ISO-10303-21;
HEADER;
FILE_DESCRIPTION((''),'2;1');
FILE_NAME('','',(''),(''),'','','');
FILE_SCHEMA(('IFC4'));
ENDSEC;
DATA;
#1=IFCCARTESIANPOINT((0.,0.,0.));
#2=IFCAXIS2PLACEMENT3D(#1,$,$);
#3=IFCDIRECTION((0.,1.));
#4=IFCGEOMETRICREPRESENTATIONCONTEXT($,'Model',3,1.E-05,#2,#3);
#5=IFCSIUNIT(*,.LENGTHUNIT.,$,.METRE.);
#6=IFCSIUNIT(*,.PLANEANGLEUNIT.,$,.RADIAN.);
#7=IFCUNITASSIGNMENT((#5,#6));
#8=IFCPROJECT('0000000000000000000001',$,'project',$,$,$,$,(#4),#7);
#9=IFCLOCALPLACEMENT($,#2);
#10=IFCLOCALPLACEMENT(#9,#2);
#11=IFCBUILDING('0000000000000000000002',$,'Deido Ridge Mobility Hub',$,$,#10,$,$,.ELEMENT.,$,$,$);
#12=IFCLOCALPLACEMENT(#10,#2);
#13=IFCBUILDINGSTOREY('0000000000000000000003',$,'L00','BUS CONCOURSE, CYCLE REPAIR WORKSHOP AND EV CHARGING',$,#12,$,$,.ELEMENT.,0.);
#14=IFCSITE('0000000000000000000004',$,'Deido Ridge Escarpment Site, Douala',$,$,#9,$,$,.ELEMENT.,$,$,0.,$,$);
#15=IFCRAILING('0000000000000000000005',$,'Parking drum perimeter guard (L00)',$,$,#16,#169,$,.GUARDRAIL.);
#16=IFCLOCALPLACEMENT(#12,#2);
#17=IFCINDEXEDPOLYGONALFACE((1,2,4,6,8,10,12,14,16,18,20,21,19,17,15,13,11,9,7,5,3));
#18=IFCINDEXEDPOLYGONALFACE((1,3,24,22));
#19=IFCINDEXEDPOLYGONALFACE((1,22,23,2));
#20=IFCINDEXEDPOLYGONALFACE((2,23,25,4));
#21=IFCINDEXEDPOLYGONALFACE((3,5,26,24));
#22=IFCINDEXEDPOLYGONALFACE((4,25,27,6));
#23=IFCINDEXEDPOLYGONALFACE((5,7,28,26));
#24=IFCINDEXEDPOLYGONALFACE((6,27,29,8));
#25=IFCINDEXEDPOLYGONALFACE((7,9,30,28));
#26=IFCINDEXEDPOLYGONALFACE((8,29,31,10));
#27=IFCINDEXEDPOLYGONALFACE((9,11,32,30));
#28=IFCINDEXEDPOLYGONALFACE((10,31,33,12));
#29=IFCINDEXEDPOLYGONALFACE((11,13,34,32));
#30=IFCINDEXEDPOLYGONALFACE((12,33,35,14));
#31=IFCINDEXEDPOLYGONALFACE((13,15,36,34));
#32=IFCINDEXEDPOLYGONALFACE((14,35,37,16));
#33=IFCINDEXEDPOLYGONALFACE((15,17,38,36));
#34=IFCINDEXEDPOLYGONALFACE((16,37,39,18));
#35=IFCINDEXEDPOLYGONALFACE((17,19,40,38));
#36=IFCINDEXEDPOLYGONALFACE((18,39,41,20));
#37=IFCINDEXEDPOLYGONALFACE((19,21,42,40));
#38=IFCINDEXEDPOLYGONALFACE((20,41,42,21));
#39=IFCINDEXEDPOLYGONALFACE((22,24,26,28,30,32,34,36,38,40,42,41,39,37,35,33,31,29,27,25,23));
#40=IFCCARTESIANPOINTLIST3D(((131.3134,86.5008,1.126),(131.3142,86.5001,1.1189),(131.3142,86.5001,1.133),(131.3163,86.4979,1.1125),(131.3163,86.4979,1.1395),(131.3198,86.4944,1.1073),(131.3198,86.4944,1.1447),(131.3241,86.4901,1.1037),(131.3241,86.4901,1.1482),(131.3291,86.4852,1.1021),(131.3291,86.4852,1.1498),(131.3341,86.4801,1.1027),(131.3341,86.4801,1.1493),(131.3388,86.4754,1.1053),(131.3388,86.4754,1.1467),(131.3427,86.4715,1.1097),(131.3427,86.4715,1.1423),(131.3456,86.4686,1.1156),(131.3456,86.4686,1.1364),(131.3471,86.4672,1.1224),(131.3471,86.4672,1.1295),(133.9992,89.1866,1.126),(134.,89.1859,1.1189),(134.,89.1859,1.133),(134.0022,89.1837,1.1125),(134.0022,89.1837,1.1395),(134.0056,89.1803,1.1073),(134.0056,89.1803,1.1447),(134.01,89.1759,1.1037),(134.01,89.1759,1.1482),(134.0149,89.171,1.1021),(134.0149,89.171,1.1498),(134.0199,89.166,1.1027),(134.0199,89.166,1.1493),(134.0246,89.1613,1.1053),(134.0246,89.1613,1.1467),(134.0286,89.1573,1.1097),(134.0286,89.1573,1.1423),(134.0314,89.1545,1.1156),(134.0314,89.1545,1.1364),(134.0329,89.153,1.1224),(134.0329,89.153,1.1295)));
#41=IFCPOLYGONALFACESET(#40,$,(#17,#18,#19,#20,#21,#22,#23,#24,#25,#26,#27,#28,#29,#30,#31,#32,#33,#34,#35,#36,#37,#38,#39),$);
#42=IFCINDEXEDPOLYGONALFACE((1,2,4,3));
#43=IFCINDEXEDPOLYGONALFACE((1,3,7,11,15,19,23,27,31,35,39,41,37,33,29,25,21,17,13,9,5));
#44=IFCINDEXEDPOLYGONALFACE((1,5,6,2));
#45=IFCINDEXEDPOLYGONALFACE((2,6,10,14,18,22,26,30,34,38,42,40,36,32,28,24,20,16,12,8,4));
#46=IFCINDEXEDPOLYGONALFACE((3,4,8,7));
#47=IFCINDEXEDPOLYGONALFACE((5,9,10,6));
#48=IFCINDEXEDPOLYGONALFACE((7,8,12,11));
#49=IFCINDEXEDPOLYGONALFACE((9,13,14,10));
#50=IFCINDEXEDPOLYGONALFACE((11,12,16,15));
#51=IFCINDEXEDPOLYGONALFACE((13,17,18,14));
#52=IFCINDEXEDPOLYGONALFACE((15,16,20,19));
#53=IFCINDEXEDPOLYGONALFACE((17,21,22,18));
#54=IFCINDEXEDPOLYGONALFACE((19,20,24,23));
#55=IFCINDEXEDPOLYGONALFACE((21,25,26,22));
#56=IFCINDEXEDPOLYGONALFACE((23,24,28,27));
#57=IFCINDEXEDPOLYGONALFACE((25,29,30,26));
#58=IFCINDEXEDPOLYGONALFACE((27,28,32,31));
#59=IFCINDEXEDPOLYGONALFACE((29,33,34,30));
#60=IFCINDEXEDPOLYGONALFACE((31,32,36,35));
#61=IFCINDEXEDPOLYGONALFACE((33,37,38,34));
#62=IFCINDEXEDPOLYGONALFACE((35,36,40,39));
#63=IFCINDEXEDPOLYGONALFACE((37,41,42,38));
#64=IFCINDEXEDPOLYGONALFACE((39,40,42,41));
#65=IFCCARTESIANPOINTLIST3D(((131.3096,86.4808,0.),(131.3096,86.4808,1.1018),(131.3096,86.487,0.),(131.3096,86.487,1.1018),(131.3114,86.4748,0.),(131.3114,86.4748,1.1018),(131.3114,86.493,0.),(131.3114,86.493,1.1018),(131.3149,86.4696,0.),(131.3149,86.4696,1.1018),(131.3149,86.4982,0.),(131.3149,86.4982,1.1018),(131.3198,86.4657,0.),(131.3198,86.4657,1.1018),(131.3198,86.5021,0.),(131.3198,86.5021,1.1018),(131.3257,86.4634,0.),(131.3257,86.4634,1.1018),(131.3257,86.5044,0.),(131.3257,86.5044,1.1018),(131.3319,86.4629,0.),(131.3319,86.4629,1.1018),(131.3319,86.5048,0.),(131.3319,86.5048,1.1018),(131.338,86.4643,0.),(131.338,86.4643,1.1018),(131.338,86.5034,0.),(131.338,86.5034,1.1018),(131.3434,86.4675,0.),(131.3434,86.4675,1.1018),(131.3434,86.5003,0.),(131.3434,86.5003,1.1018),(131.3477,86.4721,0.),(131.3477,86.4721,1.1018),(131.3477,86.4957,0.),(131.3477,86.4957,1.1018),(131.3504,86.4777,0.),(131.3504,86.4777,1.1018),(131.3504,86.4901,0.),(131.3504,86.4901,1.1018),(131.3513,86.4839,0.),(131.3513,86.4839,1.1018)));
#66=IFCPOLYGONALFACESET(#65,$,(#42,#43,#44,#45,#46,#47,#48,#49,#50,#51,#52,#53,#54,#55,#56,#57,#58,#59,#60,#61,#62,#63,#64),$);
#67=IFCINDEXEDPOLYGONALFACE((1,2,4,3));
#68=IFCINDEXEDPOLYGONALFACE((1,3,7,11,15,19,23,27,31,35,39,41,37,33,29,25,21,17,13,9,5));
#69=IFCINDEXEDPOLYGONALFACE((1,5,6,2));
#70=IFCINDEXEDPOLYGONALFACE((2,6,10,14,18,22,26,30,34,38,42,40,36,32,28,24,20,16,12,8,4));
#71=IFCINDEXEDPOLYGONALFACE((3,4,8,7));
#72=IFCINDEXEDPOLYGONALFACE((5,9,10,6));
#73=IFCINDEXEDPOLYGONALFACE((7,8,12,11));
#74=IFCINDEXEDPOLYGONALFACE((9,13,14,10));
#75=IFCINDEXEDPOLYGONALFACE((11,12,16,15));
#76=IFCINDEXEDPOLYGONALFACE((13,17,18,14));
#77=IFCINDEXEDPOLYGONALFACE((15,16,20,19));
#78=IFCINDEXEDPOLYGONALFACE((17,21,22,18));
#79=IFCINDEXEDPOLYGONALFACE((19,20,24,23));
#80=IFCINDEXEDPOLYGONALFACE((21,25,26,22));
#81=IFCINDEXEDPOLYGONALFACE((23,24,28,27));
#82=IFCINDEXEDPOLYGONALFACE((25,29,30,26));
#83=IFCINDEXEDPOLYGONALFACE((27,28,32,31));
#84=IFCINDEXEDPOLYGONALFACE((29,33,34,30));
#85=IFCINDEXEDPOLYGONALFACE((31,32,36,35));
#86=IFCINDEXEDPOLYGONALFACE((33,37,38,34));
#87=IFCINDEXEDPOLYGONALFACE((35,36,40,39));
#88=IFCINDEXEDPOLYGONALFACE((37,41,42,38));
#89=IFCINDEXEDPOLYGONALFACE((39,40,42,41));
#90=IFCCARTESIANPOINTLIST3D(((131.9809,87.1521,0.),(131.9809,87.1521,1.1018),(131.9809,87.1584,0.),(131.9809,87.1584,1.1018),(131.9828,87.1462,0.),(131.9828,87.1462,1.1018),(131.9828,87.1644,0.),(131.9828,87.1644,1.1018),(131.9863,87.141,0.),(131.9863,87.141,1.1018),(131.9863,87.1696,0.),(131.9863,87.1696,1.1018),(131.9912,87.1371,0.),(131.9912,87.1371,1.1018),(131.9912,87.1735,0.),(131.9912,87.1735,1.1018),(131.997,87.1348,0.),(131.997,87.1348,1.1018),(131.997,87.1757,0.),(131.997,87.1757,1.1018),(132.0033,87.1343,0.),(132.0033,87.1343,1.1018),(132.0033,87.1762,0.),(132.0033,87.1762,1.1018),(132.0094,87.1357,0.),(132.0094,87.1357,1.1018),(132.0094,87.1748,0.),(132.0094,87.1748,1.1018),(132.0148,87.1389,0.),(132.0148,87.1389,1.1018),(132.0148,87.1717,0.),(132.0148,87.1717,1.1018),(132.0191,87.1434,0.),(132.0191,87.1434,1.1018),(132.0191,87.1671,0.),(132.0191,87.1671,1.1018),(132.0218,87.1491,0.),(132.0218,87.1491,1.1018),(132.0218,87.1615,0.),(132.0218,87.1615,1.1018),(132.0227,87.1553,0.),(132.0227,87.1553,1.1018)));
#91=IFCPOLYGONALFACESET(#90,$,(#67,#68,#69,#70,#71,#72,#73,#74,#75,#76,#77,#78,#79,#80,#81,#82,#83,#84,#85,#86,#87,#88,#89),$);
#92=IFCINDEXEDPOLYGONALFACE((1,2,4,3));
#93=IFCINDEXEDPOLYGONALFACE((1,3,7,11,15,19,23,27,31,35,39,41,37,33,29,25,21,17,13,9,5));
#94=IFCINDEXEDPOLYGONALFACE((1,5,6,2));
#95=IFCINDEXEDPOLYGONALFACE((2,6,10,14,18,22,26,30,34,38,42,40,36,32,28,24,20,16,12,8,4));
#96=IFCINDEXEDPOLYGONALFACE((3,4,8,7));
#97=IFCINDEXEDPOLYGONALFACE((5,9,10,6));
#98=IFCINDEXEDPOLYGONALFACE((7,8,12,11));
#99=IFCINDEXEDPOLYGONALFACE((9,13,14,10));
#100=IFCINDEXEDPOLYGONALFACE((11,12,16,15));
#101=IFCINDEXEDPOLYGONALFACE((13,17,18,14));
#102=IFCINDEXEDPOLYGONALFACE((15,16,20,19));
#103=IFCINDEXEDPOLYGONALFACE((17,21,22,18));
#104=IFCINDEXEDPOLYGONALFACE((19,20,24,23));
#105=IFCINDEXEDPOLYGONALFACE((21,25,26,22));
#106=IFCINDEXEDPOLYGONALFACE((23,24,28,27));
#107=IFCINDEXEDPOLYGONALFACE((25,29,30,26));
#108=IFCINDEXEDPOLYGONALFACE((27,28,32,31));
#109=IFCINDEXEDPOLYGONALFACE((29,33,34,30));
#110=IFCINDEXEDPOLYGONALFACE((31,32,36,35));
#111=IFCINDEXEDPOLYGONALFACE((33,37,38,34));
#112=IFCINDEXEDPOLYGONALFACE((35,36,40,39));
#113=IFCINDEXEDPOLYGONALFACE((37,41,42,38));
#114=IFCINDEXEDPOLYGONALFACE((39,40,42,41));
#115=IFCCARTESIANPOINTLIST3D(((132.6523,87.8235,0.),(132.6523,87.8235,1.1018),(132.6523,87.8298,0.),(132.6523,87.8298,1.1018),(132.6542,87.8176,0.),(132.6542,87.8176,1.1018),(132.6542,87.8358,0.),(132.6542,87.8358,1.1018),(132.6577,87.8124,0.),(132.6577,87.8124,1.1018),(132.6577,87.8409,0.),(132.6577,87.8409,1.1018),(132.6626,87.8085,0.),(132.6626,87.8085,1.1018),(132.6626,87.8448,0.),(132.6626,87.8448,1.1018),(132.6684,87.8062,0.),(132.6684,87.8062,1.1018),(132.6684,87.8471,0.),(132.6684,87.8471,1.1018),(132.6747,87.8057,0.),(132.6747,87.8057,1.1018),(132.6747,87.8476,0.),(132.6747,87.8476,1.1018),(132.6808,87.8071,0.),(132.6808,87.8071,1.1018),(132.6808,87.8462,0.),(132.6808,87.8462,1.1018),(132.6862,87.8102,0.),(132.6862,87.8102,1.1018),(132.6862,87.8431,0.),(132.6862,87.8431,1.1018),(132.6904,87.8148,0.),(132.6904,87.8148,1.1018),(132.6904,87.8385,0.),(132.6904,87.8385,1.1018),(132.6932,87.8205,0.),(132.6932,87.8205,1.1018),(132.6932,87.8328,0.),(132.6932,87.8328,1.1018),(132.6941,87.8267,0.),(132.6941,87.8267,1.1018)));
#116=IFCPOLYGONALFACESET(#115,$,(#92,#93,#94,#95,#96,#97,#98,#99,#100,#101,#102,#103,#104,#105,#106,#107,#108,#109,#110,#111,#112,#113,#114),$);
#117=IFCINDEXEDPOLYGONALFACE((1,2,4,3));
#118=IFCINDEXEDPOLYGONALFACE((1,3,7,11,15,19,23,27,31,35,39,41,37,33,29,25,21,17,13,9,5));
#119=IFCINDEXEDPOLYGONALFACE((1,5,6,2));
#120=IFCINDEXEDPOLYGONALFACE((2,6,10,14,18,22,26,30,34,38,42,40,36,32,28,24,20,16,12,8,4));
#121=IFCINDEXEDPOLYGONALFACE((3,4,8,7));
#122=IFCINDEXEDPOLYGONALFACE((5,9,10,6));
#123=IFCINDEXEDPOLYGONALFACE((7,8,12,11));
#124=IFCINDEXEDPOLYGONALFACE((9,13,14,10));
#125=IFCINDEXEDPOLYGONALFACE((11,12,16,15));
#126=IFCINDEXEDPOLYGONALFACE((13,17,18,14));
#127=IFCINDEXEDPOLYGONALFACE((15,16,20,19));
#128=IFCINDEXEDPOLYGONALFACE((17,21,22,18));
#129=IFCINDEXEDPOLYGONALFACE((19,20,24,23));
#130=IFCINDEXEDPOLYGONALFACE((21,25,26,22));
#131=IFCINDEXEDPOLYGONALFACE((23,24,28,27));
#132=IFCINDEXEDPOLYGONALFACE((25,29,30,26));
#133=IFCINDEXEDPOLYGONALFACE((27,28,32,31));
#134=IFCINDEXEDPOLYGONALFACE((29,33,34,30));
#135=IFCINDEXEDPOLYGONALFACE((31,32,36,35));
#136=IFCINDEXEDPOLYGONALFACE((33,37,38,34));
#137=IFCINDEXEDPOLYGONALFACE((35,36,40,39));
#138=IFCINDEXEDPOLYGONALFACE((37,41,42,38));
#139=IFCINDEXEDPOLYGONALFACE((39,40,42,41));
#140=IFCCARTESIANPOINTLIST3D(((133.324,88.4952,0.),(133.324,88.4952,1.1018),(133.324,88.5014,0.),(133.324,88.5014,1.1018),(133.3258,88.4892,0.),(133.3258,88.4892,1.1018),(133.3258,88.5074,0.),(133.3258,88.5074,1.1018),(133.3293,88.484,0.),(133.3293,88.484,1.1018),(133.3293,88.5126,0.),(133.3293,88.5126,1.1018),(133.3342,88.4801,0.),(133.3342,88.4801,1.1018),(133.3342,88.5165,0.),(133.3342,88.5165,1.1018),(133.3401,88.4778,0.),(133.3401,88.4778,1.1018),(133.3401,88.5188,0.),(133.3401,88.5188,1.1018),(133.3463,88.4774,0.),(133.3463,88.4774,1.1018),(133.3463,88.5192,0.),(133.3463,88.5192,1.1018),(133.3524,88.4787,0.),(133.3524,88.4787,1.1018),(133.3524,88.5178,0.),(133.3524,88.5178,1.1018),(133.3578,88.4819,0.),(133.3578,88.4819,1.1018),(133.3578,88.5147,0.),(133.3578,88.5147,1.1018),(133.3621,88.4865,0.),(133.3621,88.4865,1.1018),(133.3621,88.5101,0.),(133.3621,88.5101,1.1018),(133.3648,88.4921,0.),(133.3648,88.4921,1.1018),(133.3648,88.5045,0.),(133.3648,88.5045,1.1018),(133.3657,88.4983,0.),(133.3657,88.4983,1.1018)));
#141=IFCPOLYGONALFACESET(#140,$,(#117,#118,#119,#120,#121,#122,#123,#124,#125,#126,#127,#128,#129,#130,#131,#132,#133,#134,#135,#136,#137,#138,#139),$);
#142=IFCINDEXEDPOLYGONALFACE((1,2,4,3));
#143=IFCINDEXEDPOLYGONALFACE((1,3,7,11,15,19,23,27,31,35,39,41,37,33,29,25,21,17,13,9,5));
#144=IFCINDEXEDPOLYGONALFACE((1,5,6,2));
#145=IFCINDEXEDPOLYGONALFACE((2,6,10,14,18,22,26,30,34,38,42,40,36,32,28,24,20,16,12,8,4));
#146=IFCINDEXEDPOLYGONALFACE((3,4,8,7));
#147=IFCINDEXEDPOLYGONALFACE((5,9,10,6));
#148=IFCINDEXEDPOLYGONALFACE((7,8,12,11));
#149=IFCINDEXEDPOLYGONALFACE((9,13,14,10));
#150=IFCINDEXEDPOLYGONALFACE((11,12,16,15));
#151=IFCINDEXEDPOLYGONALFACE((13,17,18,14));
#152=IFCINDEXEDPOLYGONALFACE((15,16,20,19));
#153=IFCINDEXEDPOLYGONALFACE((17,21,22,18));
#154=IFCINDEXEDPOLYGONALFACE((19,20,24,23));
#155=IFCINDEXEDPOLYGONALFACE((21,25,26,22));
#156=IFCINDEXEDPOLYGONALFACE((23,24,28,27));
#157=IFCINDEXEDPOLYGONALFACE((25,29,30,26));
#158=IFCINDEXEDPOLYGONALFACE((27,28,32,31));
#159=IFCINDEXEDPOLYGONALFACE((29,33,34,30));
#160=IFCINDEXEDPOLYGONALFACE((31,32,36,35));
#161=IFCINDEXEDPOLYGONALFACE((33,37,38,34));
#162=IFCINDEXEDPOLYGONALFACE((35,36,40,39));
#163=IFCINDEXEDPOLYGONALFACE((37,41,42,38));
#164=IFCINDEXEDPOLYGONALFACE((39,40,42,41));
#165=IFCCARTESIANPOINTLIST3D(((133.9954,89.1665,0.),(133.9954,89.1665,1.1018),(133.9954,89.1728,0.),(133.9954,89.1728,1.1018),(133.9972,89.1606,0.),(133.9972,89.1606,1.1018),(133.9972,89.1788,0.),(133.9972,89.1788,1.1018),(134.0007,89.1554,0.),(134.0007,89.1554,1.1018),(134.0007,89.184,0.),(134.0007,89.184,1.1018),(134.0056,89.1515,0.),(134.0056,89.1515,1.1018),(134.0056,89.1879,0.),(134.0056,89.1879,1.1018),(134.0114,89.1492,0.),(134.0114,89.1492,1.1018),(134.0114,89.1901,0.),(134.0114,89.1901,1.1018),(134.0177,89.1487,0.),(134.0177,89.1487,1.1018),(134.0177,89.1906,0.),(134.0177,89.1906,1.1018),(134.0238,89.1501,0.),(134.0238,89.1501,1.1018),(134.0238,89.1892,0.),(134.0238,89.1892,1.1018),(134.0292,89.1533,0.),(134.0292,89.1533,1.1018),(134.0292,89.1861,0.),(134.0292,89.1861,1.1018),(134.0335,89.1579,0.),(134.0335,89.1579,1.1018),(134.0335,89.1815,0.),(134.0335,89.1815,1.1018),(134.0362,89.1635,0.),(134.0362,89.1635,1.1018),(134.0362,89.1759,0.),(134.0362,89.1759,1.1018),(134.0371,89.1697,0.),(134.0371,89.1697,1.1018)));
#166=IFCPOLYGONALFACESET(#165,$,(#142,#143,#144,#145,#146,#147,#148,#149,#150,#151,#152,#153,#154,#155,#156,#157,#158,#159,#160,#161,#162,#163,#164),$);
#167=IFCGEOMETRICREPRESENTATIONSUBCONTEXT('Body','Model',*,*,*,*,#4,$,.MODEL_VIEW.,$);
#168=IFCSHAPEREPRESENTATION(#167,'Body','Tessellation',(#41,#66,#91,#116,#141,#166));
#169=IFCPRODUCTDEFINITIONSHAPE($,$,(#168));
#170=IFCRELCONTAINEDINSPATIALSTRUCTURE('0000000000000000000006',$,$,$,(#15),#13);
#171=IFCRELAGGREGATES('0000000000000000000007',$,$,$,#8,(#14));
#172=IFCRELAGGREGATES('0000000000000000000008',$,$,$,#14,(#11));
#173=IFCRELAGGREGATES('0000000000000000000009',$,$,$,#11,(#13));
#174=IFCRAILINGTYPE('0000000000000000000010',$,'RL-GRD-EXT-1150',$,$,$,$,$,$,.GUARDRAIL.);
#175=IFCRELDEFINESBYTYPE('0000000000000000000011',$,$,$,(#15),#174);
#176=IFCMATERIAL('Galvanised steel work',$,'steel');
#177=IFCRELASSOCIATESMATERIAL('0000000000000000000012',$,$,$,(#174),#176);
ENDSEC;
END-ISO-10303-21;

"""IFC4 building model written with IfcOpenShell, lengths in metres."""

from ifc_helpers import new_model, si_unit, direction, frame, origin, origin_2d, place, context, subcontext, project, spatial, circle, extrude, material, type_object, element, save


model = new_model("IFC4")

# Units and contexts
model_context = context("Model", 3, precision=1e-05, world=origin(), true_north=direction((0.0, 1.0)))
body_context = subcontext(model_context, "Body", "Model", "MODEL_VIEW")
ifc_project = project(units=[si_unit("LENGTHUNIT", "METRE"), si_unit("PLANEANGLEUNIT", "RADIAN")], contexts=[model_context])

# Site, building, storey
site_placement = place(None, origin())
site = spatial("IfcSite", under=ifc_project, at=site_placement, Name="Deido Ridge Escarpment Site, Douala", CompositionType="ELEMENT", RefElevation=0.0)
building_placement = place(site_placement, origin())
building = spatial("IfcBuilding", under=site, at=building_placement, Name="Deido Ridge Mobility Hub", CompositionType="ELEMENT")
storey_placement = place(building_placement, origin())
storey = spatial("IfcBuildingStorey", under=building, at=storey_placement, Name="L00", Description="BUS CONCOURSE, CYCLE REPAIR WORKSHOP AND EV CHARGING", CompositionType="ELEMENT", Elevation=0.0)

# Railing
ifc_material_1 = material(Name="Galvanised steel work", Category="steel")
railing_type = type_object("IfcRailingType", Name="RL-GRD-EXT-1150", PredefinedType="GUARDRAIL", material=ifc_material_1)
railing_1_placement = place(storey_placement, frame((131.3303, 86.4839, 0.0)))
element("IfcRailing", 1, at=railing_1_placement, inside=storey, type_object=railing_type, Name="Parking drum perimeter guard (L00)", PredefinedType="GUARDRAIL", context=body_context, shape_type="SweptSolid", body=[
    extrude(circle(Radius=0.0239, at=origin_2d()), frame((0.0, 0.0, 1.126), z_axis=(0.707107, 0.707107, 0.0), x_axis=(-0.707107, 0.707107, 0.0)), (0.0, 0.0, 1.0), 3.7983),
    extrude(circle(Radius=0.021, at=origin_2d()), origin(), (0.0, 0.0, 1.0), 1.1018),
    extrude(circle(Radius=0.021, at=origin_2d()), frame((0.6714, 0.6714, 0.0)), (0.0, 0.0, 1.0), 1.1018),
    extrude(circle(Radius=0.021, at=origin_2d()), frame((1.3428, 1.3428, 0.0)), (0.0, 0.0, 1.0), 1.1018),
    extrude(circle(Radius=0.021, at=origin_2d()), frame((2.0144, 2.0144, 0.0)), (0.0, 0.0, 1.0), 1.1018),
    extrude(circle(Radius=0.021, at=origin_2d()), frame((2.6858, 2.6858, 0.0)), (0.0, 0.0, 1.0), 1.1018),
])

save(model, "model.ifc")
